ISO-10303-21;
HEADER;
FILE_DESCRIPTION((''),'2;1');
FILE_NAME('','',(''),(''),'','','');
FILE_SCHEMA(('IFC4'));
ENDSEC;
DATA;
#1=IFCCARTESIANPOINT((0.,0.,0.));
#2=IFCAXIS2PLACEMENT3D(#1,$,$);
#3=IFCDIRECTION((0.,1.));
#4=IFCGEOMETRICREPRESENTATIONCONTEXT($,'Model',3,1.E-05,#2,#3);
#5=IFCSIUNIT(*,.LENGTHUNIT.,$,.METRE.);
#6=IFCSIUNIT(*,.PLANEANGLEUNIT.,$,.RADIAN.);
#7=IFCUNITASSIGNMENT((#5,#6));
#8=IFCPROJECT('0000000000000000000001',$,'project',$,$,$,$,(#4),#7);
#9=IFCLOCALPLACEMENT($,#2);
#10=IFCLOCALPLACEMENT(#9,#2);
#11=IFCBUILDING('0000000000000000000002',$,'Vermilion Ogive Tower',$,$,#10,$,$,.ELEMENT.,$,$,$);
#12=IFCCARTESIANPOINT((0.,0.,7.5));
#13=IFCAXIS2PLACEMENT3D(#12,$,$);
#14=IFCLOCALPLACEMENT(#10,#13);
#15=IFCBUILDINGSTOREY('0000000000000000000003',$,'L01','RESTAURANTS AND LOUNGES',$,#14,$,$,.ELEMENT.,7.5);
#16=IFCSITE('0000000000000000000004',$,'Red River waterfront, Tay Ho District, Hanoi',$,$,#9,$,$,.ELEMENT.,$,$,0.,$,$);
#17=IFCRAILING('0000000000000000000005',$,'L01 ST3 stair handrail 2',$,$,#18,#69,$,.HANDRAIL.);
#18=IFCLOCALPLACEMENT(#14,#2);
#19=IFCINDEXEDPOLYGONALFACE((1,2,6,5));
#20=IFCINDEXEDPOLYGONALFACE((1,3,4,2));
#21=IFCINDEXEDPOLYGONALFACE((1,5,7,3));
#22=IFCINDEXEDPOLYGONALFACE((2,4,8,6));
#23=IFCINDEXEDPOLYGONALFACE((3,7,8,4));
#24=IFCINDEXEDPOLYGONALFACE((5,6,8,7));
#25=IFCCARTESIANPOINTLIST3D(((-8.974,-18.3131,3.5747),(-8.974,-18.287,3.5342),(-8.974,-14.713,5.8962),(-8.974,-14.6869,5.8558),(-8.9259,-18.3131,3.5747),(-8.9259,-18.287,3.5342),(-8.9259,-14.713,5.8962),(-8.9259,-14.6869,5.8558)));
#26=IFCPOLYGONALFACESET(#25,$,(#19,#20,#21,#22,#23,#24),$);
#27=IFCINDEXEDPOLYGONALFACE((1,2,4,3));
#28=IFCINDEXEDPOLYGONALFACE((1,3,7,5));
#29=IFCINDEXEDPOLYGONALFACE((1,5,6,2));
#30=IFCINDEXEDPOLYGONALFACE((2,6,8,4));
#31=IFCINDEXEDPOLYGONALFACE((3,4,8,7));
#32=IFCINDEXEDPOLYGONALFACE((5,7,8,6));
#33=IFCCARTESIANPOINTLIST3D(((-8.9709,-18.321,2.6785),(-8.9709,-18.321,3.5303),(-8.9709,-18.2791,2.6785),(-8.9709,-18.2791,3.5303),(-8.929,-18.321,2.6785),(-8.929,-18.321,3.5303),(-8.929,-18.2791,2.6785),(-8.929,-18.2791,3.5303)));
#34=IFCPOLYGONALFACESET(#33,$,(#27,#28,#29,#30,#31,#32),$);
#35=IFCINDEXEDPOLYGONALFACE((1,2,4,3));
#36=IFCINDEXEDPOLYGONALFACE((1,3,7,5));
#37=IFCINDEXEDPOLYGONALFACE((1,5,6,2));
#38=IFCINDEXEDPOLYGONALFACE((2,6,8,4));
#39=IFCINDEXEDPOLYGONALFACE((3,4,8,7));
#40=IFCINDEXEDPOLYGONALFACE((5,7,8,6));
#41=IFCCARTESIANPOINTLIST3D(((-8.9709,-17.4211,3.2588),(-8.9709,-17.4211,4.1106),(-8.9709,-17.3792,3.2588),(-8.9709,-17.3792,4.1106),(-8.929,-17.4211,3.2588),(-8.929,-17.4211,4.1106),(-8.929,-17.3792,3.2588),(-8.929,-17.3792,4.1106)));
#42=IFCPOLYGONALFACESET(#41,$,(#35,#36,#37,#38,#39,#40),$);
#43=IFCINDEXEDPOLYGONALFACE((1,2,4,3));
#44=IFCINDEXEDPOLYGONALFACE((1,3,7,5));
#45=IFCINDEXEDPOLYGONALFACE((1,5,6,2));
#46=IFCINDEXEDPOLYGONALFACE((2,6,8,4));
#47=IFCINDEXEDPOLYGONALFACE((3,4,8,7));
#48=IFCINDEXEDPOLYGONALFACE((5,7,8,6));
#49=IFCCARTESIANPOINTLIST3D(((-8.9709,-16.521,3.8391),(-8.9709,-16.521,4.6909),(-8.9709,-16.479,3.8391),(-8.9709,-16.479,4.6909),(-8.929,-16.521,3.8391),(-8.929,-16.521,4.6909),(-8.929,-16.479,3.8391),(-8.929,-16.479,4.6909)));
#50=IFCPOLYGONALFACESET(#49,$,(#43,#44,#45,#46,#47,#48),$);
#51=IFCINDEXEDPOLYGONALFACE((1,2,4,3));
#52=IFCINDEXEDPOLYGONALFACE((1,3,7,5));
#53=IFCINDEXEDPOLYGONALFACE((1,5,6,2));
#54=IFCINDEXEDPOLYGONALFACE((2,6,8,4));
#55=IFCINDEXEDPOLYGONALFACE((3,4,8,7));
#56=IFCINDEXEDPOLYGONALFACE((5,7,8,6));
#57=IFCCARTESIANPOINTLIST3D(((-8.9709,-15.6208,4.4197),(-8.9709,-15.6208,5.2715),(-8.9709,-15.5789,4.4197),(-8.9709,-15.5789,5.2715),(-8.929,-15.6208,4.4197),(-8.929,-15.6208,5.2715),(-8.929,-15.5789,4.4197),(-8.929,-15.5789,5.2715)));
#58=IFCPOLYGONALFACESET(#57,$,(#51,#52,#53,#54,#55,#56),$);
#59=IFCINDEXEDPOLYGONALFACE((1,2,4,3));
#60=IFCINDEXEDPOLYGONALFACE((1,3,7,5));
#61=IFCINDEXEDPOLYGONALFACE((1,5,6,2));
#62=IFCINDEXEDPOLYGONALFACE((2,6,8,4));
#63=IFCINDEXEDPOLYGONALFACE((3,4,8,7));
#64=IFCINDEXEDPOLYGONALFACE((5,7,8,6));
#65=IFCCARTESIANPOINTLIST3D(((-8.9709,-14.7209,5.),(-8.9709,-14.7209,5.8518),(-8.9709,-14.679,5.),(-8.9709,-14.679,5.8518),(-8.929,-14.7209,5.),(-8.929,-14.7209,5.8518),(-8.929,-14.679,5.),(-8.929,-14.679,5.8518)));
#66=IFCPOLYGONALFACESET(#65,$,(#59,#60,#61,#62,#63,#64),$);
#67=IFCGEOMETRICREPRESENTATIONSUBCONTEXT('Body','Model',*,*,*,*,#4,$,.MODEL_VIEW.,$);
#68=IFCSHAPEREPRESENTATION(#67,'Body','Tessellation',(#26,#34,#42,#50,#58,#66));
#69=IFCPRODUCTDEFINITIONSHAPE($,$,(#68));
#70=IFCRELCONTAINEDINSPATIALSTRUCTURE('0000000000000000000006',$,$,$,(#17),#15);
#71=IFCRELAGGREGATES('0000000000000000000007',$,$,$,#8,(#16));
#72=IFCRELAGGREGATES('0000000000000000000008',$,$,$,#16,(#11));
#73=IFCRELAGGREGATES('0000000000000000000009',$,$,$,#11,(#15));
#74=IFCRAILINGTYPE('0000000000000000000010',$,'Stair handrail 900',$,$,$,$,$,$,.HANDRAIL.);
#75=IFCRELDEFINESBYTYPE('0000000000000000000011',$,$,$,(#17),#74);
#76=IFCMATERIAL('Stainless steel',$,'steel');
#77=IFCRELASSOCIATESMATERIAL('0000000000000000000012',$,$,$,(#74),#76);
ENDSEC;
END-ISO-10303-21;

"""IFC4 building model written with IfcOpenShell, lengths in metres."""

from ifc_helpers import new_model, si_unit, direction, frame, origin, origin_2d, place, context, subcontext, project, spatial, rectangle, extrude, material, type_object, element, save


model = new_model("IFC4")

# Units and contexts
model_context = context("Model", 3, precision=1e-05, world=origin(), true_north=direction((0.0, 1.0)))
body_context = subcontext(model_context, "Body", "Model", "MODEL_VIEW")
ifc_project = project(units=[si_unit("LENGTHUNIT", "METRE"), si_unit("PLANEANGLEUNIT", "RADIAN")], contexts=[model_context])

# Site, building, storey
site_placement = place(None, origin())
site = spatial("IfcSite", under=ifc_project, at=site_placement, Name="Red River waterfront, Tay Ho District, Hanoi", CompositionType="ELEMENT", RefElevation=0.0)
building_placement = place(site_placement, origin())
building = spatial("IfcBuilding", under=site, at=building_placement, Name="Vermilion Ogive Tower", CompositionType="ELEMENT")
storey_placement = place(building_placement, frame((0.0, 0.0, 7.5)))
storey = spatial("IfcBuildingStorey", under=building, at=storey_placement, Name="L01", Description="RESTAURANTS AND LOUNGES", CompositionType="ELEMENT", Elevation=7.5)

# Railing
ifc_material_1 = material(Name="Stainless steel", Category="steel")
railing_type_1 = type_object("IfcRailingType", Name="Stair handrail 900", PredefinedType="HANDRAIL", material=ifc_material_1)
railing_1_placement = place(storey_placement, frame((-8.95, -18.3, 2.6785)))
element("IfcRailing", 1, at=railing_1_placement, inside=storey, type_object=railing_type_1, Name="L01 ST3 stair handrail 2", PredefinedType="HANDRAIL", context=body_context, shape_type="SweptSolid", body=[
    extrude(rectangle(XDim=0.0481, YDim=0.0481, at=origin_2d()), frame((0.0, 0.0, 0.876), z_axis=(0.0, 0.840415, 0.541944), x_axis=(-1.0, 0.0, 0.0)), (0.0, 0.0, 1.0), 4.2837),
    extrude(rectangle(XDim=0.042, YDim=0.042, at=origin_2d()), origin(), (0.0, 0.0, 1.0), 0.8518),
    extrude(rectangle(XDim=0.042, YDim=0.042, at=origin_2d()), frame((0.0, 0.8999, 0.5803)), (0.0, 0.0, 1.0), 0.8518),
    extrude(rectangle(XDim=0.042, YDim=0.042, at=origin_2d()), frame((0.0, 1.8, 1.1606)), (0.0, 0.0, 1.0), 0.8518),
    extrude(rectangle(XDim=0.042, YDim=0.042, at=origin_2d()), frame((0.0, 2.7002, 1.7412)), (0.0, 0.0, 1.0), 0.8518),
    extrude(rectangle(XDim=0.042, YDim=0.042, at=origin_2d()), frame((0.0, 3.6001, 2.3215)), (0.0, 0.0, 1.0), 0.8518),
])

save(model, "model.ifc")
